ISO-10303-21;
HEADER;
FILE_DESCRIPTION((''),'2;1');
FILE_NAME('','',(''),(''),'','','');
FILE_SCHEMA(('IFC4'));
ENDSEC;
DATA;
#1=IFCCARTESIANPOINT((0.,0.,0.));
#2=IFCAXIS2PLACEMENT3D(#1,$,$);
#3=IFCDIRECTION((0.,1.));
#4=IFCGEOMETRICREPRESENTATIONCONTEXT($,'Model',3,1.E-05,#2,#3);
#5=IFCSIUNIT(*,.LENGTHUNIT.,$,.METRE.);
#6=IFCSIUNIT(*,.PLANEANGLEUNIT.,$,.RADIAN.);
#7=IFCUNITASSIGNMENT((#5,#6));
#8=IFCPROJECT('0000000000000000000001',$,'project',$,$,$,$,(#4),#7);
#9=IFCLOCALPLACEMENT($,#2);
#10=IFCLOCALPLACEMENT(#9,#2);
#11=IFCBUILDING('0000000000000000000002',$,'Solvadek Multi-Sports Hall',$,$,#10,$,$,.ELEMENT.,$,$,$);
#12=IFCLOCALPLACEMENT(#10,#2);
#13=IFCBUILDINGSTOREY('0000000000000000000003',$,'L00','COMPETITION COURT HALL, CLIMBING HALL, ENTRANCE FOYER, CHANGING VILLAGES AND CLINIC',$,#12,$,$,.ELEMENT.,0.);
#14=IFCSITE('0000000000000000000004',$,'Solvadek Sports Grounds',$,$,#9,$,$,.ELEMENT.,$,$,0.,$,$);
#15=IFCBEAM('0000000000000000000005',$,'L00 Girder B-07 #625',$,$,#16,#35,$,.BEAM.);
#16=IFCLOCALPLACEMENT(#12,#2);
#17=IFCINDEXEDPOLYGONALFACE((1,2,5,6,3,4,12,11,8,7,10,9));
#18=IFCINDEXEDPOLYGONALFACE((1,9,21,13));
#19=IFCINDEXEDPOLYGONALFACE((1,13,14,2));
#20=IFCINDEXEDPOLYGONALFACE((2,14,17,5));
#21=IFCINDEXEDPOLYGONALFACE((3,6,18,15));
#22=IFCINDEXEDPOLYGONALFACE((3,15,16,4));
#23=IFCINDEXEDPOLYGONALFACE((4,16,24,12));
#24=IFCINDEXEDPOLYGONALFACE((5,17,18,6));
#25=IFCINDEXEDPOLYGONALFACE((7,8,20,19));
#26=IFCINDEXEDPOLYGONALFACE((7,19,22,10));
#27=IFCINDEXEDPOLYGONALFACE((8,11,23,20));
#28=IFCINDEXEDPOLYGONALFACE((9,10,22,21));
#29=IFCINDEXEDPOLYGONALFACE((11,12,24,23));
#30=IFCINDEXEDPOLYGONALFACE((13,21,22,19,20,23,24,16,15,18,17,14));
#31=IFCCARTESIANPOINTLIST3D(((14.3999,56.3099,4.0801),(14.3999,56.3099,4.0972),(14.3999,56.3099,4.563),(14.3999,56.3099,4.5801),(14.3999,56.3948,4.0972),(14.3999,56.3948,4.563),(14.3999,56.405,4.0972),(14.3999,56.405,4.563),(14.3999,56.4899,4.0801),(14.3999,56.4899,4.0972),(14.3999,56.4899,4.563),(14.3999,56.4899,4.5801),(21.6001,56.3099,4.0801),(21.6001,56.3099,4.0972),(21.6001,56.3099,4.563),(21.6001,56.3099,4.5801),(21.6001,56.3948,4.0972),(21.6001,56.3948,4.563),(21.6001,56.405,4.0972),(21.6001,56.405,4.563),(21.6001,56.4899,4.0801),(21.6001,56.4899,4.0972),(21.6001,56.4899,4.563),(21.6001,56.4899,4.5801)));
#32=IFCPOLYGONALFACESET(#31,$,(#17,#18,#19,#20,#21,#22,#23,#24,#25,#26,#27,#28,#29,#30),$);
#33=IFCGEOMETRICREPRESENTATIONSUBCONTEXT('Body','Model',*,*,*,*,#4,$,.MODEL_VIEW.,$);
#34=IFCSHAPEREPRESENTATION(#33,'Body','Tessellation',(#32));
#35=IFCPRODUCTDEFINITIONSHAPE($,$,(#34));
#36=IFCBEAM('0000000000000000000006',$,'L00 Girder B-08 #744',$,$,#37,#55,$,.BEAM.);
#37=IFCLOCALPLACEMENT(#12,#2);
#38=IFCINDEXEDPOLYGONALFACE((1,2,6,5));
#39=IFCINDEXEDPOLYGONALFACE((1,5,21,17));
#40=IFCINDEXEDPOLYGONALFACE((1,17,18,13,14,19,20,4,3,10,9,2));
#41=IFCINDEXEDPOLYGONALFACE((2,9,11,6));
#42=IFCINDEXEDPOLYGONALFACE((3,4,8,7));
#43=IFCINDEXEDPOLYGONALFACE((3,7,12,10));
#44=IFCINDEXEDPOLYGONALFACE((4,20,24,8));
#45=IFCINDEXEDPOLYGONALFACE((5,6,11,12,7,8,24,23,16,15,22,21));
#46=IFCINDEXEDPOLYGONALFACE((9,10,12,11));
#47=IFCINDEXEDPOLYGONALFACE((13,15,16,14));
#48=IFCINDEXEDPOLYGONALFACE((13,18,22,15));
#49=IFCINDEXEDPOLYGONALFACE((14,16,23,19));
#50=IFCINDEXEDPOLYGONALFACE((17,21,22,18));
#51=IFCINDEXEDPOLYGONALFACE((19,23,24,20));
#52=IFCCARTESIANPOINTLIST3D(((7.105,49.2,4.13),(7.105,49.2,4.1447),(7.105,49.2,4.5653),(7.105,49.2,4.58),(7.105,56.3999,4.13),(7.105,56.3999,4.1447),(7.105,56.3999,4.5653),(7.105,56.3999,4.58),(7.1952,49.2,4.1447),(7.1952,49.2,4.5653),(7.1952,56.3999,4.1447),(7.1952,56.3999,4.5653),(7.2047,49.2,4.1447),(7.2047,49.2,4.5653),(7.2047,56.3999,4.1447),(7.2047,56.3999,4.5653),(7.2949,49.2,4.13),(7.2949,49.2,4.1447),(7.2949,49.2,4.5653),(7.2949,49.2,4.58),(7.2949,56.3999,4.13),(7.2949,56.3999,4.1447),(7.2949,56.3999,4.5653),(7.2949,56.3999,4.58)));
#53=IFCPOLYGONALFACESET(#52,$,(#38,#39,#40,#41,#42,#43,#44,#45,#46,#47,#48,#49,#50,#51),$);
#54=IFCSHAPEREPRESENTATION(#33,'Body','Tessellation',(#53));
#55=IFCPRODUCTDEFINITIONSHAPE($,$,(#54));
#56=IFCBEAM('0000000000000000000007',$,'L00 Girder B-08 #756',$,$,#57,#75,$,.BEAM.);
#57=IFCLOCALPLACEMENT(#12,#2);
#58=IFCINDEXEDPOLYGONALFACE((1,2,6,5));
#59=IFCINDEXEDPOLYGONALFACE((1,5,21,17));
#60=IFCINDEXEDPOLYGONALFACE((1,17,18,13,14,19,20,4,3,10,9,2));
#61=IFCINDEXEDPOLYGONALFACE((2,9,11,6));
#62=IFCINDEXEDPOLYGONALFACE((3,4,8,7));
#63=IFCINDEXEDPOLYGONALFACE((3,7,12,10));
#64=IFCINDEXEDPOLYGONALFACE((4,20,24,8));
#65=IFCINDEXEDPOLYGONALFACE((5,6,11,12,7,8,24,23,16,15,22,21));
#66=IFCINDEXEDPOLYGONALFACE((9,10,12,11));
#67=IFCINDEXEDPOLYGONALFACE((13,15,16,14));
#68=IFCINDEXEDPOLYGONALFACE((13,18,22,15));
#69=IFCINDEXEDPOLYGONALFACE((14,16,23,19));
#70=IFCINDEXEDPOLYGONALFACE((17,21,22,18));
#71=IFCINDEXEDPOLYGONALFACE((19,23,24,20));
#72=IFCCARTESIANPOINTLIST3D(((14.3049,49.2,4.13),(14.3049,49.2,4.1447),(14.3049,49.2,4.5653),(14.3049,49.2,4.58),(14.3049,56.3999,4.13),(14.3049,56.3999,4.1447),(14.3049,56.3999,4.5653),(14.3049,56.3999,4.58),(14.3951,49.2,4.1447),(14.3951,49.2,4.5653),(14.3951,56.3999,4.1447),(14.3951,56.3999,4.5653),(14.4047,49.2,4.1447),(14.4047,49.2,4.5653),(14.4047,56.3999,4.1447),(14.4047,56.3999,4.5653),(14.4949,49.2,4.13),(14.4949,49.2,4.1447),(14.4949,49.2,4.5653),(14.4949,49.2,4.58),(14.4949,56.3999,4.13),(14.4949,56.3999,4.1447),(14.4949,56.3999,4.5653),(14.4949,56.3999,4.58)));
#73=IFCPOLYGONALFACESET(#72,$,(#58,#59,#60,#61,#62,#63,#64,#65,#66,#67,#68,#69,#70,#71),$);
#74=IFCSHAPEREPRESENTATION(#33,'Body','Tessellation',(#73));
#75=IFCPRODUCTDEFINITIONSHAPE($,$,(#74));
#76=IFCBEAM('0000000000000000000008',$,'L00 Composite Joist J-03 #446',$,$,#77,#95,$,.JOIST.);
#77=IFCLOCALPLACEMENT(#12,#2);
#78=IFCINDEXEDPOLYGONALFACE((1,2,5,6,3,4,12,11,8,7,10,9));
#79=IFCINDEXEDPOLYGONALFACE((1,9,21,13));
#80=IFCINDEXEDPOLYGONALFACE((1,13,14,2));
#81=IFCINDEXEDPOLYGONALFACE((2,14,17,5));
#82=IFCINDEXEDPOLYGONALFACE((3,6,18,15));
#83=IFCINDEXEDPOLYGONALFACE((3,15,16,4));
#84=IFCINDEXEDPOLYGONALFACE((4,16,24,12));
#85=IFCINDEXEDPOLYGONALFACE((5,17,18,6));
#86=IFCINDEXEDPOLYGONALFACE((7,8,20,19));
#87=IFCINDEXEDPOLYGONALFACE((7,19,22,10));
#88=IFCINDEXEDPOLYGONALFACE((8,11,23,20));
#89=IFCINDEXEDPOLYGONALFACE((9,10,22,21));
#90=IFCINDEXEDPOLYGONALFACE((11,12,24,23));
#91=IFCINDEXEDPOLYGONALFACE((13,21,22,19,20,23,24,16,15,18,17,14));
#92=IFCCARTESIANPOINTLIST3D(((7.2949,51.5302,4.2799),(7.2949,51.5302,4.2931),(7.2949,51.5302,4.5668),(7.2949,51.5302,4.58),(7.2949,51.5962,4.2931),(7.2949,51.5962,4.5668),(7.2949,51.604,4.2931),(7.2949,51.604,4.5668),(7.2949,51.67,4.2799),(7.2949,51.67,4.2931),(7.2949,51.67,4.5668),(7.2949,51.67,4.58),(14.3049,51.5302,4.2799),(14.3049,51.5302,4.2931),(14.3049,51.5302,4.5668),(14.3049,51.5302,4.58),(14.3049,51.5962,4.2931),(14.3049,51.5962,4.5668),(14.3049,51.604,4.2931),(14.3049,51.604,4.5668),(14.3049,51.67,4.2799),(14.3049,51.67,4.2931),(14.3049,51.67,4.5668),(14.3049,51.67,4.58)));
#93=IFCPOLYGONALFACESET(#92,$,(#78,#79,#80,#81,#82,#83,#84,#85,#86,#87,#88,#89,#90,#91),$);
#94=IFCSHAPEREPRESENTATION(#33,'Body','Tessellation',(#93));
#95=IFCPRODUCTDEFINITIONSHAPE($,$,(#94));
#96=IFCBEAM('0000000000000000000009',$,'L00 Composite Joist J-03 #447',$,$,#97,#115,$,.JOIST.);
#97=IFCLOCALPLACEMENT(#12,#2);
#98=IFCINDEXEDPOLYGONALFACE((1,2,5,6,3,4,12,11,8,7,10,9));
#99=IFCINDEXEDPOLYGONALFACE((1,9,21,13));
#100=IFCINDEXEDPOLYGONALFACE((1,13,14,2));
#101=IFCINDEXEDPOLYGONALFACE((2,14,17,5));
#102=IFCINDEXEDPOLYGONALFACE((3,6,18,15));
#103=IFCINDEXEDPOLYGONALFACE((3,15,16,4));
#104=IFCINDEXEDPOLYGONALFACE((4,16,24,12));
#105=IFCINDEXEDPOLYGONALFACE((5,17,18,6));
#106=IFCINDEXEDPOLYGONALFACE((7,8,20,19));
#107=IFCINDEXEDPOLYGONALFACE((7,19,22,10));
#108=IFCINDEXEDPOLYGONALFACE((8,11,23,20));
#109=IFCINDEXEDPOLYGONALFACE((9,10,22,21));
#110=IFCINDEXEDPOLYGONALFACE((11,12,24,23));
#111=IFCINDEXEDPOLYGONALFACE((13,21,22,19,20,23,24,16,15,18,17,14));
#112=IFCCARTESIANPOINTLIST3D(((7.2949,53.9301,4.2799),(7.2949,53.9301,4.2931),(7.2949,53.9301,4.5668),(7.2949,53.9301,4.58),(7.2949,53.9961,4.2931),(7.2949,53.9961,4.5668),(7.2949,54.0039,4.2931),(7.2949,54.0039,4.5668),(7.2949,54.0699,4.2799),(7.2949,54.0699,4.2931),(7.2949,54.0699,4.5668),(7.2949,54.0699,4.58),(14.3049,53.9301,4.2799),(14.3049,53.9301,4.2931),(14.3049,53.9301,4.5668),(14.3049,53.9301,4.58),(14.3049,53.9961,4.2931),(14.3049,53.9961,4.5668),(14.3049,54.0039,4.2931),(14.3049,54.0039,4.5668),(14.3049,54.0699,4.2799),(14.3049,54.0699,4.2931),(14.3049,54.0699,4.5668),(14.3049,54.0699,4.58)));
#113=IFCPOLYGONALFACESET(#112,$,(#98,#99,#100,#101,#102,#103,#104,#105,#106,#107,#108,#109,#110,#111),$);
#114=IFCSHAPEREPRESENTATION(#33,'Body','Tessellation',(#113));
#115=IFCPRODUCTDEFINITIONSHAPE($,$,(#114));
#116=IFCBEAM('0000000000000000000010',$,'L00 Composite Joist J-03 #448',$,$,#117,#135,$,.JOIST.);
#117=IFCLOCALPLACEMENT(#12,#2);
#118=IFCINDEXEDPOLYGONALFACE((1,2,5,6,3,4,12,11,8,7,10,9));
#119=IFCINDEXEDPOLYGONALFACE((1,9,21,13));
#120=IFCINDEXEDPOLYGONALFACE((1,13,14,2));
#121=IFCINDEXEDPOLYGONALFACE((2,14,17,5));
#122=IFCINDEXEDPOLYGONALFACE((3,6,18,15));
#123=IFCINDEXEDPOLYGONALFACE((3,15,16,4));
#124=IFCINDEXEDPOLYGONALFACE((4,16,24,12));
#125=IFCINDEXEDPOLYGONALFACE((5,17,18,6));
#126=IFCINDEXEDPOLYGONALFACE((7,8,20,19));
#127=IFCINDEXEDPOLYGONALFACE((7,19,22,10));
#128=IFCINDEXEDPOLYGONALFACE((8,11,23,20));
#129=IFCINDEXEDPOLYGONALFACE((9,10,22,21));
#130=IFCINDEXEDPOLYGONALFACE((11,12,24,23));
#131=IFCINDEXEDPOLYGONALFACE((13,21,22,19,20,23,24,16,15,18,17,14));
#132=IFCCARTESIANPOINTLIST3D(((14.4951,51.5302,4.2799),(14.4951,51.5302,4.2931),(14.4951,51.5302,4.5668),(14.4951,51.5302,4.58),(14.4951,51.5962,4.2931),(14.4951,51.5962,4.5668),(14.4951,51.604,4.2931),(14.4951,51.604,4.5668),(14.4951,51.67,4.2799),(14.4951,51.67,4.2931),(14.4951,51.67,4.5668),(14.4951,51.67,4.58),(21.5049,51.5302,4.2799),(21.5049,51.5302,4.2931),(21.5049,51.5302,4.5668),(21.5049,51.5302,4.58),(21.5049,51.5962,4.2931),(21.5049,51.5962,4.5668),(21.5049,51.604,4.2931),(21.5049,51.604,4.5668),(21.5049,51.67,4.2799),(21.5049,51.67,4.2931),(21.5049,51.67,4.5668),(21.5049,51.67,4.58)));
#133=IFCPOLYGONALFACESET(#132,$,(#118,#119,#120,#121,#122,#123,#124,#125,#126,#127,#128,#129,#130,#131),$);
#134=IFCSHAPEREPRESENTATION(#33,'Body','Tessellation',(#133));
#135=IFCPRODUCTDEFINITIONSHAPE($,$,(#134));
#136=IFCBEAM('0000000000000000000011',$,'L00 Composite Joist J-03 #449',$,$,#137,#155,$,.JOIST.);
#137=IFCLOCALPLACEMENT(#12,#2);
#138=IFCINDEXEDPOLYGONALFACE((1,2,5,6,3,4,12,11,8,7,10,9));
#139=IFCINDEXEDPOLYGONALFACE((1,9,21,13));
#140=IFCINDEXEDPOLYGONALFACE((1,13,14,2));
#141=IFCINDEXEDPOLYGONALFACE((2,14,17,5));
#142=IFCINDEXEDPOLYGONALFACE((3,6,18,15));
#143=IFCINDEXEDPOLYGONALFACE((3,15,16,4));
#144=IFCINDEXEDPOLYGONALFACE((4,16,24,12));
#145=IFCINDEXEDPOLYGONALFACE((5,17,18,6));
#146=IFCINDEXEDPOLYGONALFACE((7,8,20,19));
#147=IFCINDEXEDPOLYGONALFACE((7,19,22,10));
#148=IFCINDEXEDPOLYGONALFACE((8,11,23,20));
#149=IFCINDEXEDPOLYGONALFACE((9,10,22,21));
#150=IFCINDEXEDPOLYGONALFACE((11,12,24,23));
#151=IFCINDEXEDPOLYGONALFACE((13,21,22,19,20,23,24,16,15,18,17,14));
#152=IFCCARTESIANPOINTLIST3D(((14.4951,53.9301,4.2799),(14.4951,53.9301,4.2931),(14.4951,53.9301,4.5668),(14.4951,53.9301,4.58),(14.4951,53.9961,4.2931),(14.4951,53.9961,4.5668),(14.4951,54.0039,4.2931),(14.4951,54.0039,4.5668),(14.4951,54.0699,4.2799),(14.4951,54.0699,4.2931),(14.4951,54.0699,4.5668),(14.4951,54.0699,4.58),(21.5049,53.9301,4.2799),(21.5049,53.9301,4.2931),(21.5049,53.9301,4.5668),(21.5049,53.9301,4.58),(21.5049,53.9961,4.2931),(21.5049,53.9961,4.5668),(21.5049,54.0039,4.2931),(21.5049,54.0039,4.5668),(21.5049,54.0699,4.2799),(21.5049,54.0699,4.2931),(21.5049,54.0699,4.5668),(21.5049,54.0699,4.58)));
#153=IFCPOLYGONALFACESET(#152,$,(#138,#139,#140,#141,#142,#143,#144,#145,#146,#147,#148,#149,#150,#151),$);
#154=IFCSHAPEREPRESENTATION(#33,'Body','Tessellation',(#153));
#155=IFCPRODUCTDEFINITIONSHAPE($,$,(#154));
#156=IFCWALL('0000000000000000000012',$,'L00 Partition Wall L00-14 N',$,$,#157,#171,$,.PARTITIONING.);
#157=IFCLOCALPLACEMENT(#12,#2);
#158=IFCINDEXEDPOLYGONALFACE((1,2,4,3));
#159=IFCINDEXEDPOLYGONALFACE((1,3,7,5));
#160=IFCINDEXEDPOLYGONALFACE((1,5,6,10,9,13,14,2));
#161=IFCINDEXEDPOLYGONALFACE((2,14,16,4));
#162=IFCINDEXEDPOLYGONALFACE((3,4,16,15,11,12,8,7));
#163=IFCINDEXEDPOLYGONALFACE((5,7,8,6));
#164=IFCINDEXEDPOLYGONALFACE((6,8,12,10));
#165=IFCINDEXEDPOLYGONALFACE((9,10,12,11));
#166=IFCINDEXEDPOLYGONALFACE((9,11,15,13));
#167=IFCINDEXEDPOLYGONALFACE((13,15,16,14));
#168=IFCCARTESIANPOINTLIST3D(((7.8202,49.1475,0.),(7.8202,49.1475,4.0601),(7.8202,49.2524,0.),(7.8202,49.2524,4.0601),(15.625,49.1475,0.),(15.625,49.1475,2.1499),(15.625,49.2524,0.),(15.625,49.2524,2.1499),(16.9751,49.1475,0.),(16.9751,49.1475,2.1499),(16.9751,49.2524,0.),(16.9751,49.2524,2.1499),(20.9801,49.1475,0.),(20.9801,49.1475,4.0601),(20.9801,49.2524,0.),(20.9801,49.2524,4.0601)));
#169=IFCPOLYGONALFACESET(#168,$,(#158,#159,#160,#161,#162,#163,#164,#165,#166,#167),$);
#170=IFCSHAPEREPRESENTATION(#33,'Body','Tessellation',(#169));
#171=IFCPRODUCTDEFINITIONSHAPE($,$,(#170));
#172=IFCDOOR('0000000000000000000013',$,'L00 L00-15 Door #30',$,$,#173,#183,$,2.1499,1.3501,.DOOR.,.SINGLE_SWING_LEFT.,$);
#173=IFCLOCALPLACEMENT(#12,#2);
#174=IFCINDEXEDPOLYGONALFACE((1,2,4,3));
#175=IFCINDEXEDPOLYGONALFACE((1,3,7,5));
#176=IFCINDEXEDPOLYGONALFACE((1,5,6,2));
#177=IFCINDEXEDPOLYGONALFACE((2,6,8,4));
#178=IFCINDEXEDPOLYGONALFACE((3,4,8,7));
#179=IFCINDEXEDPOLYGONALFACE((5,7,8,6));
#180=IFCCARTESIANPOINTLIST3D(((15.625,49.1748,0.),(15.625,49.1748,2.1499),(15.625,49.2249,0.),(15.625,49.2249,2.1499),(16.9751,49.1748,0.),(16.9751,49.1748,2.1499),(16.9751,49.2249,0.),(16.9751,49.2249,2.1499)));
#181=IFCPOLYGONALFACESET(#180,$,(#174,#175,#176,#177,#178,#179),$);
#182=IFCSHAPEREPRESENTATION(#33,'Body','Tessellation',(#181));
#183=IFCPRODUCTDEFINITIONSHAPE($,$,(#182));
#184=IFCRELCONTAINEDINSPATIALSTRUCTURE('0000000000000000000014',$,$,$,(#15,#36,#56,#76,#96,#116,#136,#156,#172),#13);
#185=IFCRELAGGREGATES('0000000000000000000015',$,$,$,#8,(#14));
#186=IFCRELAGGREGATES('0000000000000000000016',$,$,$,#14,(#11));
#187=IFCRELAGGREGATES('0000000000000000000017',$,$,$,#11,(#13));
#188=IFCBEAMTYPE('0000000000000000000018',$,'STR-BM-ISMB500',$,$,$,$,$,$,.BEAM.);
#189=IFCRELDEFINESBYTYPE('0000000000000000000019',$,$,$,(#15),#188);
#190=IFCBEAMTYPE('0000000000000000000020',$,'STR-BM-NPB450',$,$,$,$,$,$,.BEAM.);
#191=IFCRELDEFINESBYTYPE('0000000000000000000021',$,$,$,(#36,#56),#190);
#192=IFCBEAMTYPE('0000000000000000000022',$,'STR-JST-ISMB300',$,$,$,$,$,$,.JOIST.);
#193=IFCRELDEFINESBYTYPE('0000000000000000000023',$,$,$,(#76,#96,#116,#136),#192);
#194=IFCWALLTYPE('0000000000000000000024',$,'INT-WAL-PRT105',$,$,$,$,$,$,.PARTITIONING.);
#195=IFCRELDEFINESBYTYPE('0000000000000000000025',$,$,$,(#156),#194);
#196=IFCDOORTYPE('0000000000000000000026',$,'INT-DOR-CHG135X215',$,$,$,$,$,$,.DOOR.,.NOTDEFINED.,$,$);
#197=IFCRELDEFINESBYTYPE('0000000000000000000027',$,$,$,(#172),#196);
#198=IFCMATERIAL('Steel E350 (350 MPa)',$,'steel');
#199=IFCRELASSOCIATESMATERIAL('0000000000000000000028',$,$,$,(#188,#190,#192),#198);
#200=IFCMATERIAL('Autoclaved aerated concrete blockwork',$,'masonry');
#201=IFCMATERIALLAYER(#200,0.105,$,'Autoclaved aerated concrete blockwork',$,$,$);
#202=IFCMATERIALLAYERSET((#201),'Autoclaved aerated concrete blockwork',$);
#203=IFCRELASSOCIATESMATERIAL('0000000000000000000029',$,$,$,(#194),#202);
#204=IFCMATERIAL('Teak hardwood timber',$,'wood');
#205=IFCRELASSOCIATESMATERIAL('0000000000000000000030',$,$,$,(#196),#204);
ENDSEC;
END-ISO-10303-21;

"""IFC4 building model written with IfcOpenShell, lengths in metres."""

from ifc_helpers import new_model, si_unit, direction, frame, frame_2d, origin, origin_2d, place, context, subcontext, project, spatial, rectangle, i_section, extrude, material, layer, layer_set, material_profile, profile_set, type_object, element, fill, save


model = new_model("IFC4")

# Units and contexts
model_context = context("Model", 3, precision=1e-05, world=origin(), true_north=direction((0.0, 1.0)))
body_context = subcontext(model_context, "Body", "Model", "MODEL_VIEW")
ifc_project = project(units=[si_unit("LENGTHUNIT", "METRE"), si_unit("PLANEANGLEUNIT", "RADIAN")], contexts=[model_context])

# Site, building, storey
site_placement = place(None, origin())
site = spatial("IfcSite", under=ifc_project, at=site_placement, Name="Solvadek Sports Grounds", CompositionType="ELEMENT", RefElevation=0.0)
building_placement = place(site_placement, origin())
building = spatial("IfcBuilding", under=site, at=building_placement, Name="Solvadek Multi-Sports Hall", CompositionType="ELEMENT")
storey_placement = place(building_placement, origin())
storey = spatial("IfcBuildingStorey", under=building, at=storey_placement, Name="L00", Description="COMPETITION COURT HALL, CLIMBING HALL, ENTRANCE FOYER, CHANGING VILLAGES AND CLINIC", CompositionType="ELEMENT", Elevation=0.0)

# Shared definitions
ifc_material_1 = material(Name="Steel E350 (350 MPa)", Category="steel")

# Beams
ifc_material_profile_1 = material_profile(ifc_material_1, i_section(OverallWidth=0.1799, OverallDepth=0.5, WebThickness=0.0103, FlangeThickness=0.0171, at=origin_2d()), Name="ISMB 500")
ifc_profile_set_1 = profile_set([ifc_material_profile_1], Name="Steel E350 (350 MPa)")
beam_type_1 = type_object("IfcBeamType", Name="STR-BM-ISMB500", PredefinedType="BEAM", material=ifc_profile_set_1)
beam_1_placement = place(storey_placement, frame((14.3999, 56.3999, 4.3301), z_axis=(1.0, 0.0, 0.0), x_axis=(0.0, 1.0, 0.0)))
element("IfcBeam", 1, at=beam_1_placement, inside=storey, type_object=beam_type_1, Name="L00 Girder B-07 #625", PredefinedType="BEAM", context=body_context, shape_type="SweptSolid", body=[
    extrude(i_section(OverallWidth=0.1799, OverallDepth=0.5, WebThickness=0.0103, FlangeThickness=0.0171, at=origin_2d()), origin(), (0.0, 0.0, 1.0), 7.2002),
])
ifc_material_profile_2 = material_profile(ifc_material_1, i_section(OverallWidth=0.1899, OverallDepth=0.45, WebThickness=0.0095, FlangeThickness=0.0146, at=origin_2d()), Name="NPB 450")
ifc_profile_set_2 = profile_set([ifc_material_profile_2], Name="Steel E350 (350 MPa)")
beam_type_2 = type_object("IfcBeamType", Name="STR-BM-NPB450", PredefinedType="BEAM", material=ifc_profile_set_2)
for number, where, z_axis, x_axis, name in (
    (2, (7.2, 49.2, 4.355), (0.0, 1.0, 0.0), (-1.0, 0.0, 0.0), "L00 Girder B-08 #744"),
    (3, (14.3999, 49.2, 4.355), (0.0, 1.0, 0.0), (-1.0, 0.0, 0.0), "L00 Girder B-08 #756"),
):
    element("IfcBeam", number, at=place(storey_placement, frame(where, z_axis=z_axis, x_axis=x_axis)), inside=storey, type_object=beam_type_2, Name=name, PredefinedType="BEAM", context=body_context, shape_type="SweptSolid", body=[
        extrude(i_section(OverallWidth=0.1899, OverallDepth=0.45, WebThickness=0.0095, FlangeThickness=0.0146, at=origin_2d()), origin(), (0.0, 0.0, 1.0), 7.2),
    ])
ifc_material_profile_3 = material_profile(ifc_material_1, i_section(OverallWidth=0.1399, OverallDepth=0.3, WebThickness=0.0078, FlangeThickness=0.0132, at=origin_2d()), Name="ISMB 300")
ifc_profile_set_3 = profile_set([ifc_material_profile_3], Name="Steel E350 (350 MPa)")
beam_type_3 = type_object("IfcBeamType", Name="STR-JST-ISMB300", PredefinedType="JOIST", material=ifc_profile_set_3)
for number, where, z_axis, x_axis, name in (
    (4, (7.2949, 51.6001, 4.4299), (1.0, 0.0, 0.0), (0.0, 1.0, 0.0), "L00 Composite Joist J-03 #446"),
    (5, (7.2949, 54.0, 4.4299), (1.0, 0.0, 0.0), (0.0, 1.0, 0.0), "L00 Composite Joist J-03 #447"),
):
    element("IfcBeam", number, at=place(storey_placement, frame(where, z_axis=z_axis, x_axis=x_axis)), inside=storey, type_object=beam_type_3, Name=name, PredefinedType="JOIST", context=body_context, shape_type="SweptSolid", body=[
        extrude(i_section(OverallWidth=0.1399, OverallDepth=0.3, WebThickness=0.0078, FlangeThickness=0.0132, at=origin_2d()), origin(), (0.0, 0.0, 1.0), 7.01),
    ])
for number, where, z_axis, x_axis, name in (
    (6, (14.4951, 51.6001, 4.4299), (1.0, 0.0, 0.0), (0.0, 1.0, 0.0), "L00 Composite Joist J-03 #448"),
    (7, (14.4951, 54.0, 4.4299), (1.0, 0.0, 0.0), (0.0, 1.0, 0.0), "L00 Composite Joist J-03 #449"),
):
    element("IfcBeam", number, at=place(storey_placement, frame(where, z_axis=z_axis, x_axis=x_axis)), inside=storey, type_object=beam_type_3, Name=name, PredefinedType="JOIST", context=body_context, shape_type="SweptSolid", body=[
        extrude(i_section(OverallWidth=0.1399, OverallDepth=0.3, WebThickness=0.0078, FlangeThickness=0.0132, at=origin_2d()), origin(), (0.0, 0.0, 1.0), 7.0098),
    ])

# Wall, opening, door
ifc_material_2 = material(Name="Autoclaved aerated concrete blockwork", Category="masonry")
ifc_layer_1 = layer(ifc_material_2, 0.105, Name="Autoclaved aerated concrete blockwork")
ifc_layer_set_1 = layer_set([ifc_layer_1], Name="Autoclaved aerated concrete blockwork")
wall_type_1 = type_object("IfcWallType", Name="INT-WAL-PRT105", PredefinedType="PARTITIONING", material=ifc_layer_set_1)
wall_1_placement = place(storey_placement, frame((7.8201, 49.2, 0.0), z_axis=(0.0, 0.0, 1.0), x_axis=(1.0, 0.0, 0.0)))
wall_1 = element("IfcWall", 8, at=wall_1_placement, inside=storey, type_object=wall_type_1, Name="L00 Partition Wall L00-14 N", PredefinedType="PARTITIONING", context=body_context, shape_type="SweptSolid", body=[
    extrude(rectangle(XDim=13.1599, YDim=0.105, at=frame_2d((6.5801, 0.0))), origin(), (0.0, 0.0, 1.0), 4.0601),
])
opening_placement = place(wall_1_placement, frame((7.8049, 0.0, 0.0)))
opening = element("IfcOpeningElement", 9, at=opening_placement, cuts=wall_1, PredefinedType="OPENING", context=body_context, shape_type="SweptSolid", body=[
    extrude(rectangle(XDim=1.3501, YDim=2.1499, at=frame_2d((0.675, 1.075))), frame((0.0, 0.0625, 0.0), z_axis=(0.0, -1.0, 0.0), x_axis=(1.0, 0.0, 0.0)), (0.0, 0.0, 1.0), 0.125),
])
ifc_material_3 = material(Name="Teak hardwood timber", Category="wood")
door_type = type_object("IfcDoorType", Name="INT-DOR-CHG135X215", OperationType="NOTDEFINED", PredefinedType="DOOR", material=ifc_material_3)
door_placement = place(opening_placement, origin())
door = element("IfcDoor", 10, at=door_placement, inside=storey, type_object=door_type, Name="L00 L00-15 Door #30", OperationType="SINGLE_SWING_LEFT", OverallHeight=2.1499, OverallWidth=1.3501, PredefinedType="DOOR", context=body_context, shape_type="SweptSolid", body=[
    extrude(rectangle(XDim=1.3501, YDim=2.1499, at=frame_2d((0.675, 1.075))), frame((0.0, 0.0249, 0.0), z_axis=(0.0, -1.0, 0.0), x_axis=(1.0, 0.0, 0.0)), (0.0, 0.0, 1.0), 0.05),
])
fill(opening, door)

save(model, "model.ifc")
